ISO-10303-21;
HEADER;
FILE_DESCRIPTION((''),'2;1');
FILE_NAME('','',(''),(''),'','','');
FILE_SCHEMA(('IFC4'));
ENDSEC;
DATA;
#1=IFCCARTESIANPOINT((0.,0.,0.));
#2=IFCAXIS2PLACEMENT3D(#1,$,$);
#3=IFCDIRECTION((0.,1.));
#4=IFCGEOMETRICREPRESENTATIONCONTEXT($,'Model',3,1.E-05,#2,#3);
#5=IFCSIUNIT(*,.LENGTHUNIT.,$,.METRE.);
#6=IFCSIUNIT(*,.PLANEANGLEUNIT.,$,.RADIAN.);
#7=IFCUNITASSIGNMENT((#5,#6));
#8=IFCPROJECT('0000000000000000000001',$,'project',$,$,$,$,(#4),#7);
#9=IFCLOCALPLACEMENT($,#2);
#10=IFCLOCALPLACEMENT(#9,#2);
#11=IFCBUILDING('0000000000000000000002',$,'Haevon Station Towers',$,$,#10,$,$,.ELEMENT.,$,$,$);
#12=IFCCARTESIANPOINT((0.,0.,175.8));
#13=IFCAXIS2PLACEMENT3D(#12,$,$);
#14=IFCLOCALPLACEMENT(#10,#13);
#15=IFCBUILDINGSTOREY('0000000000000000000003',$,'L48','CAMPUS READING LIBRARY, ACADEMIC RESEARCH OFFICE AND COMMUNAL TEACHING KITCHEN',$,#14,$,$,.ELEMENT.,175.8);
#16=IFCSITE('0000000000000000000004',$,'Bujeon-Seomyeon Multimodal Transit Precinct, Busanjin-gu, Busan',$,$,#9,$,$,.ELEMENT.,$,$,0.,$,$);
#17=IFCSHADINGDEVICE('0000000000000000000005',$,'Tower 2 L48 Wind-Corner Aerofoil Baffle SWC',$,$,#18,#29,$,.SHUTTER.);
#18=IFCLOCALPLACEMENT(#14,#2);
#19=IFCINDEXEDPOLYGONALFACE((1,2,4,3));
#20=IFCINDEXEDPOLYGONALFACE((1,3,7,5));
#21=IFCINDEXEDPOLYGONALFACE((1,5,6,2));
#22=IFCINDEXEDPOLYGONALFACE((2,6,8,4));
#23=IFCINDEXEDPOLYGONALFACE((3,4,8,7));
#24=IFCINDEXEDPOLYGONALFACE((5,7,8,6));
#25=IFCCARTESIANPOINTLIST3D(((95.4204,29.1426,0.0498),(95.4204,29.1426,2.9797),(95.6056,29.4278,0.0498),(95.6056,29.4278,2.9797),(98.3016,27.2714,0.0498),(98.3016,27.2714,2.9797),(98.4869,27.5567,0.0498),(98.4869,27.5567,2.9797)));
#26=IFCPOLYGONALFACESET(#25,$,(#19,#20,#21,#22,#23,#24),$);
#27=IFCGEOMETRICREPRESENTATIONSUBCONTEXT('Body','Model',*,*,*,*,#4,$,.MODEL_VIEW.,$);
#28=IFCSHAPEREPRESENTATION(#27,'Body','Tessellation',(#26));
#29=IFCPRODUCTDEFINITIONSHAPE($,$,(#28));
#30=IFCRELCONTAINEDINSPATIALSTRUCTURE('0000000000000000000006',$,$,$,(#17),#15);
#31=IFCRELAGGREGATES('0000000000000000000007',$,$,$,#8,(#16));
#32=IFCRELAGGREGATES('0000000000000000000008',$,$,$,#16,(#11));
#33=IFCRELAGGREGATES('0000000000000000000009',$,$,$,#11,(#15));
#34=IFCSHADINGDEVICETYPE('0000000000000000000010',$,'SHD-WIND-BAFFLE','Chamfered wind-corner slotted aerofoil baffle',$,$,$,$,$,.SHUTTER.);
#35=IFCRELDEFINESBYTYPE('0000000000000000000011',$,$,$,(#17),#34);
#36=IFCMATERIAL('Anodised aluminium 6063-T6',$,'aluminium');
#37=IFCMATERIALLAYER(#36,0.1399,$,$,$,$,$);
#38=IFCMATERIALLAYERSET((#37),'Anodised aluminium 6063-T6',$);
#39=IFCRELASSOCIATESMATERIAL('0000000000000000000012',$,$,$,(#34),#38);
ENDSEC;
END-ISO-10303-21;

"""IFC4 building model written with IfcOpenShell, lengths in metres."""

from ifc_helpers import new_model, si_unit, direction, frame, origin, origin_2d, place, context, subcontext, project, spatial, rectangle, extrude, material, layer, layer_set, type_object, element, save


model = new_model("IFC4")

# Units and contexts
model_context = context("Model", 3, precision=1e-05, world=origin(), true_north=direction((0.0, 1.0)))
body_context = subcontext(model_context, "Body", "Model", "MODEL_VIEW")
ifc_project = project(units=[si_unit("LENGTHUNIT", "METRE"), si_unit("PLANEANGLEUNIT", "RADIAN")], contexts=[model_context])

# Site, building, storey
site_placement = place(None, origin())
site = spatial("IfcSite", under=ifc_project, at=site_placement, Name="Bujeon-Seomyeon Multimodal Transit Precinct, Busanjin-gu, Busan", CompositionType="ELEMENT", RefElevation=0.0)
building_placement = place(site_placement, origin())
building = spatial("IfcBuilding", under=site, at=building_placement, Name="Haevon Station Towers", CompositionType="ELEMENT")
storey_placement = place(building_placement, frame((0.0, 0.0, 175.8)))
storey = spatial("IfcBuildingStorey", under=building, at=storey_placement, Name="L48", Description="CAMPUS READING LIBRARY, ACADEMIC RESEARCH OFFICE AND COMMUNAL TEACHING KITCHEN", CompositionType="ELEMENT", Elevation=175.8)

# Shading device
ifc_material_1 = material(Name="Anodised aluminium 6063-T6", Category="aluminium")
ifc_layer_1 = layer(ifc_material_1, 0.1399)
ifc_layer_set_1 = layer_set([ifc_layer_1], Name="Anodised aluminium 6063-T6")
shading_device_type = type_object("IfcShadingDeviceType", Name="SHD-WIND-BAFFLE", Description="Chamfered wind-corner slotted aerofoil baffle", PredefinedType="SHUTTER", material=ifc_layer_set_1)
shading_device_placement = place(storey_placement, frame((96.9536, 28.3496, 0.0498), z_axis=(0.0, 0.0, 1.0), x_axis=(-0.838671, 0.544639, 0.0)))
element("IfcShadingDevice", 1, at=shading_device_placement, inside=storey, type_object=shading_device_type, Name="Tower 2 L48 Wind-Corner Aerofoil Baffle SWC", PredefinedType="SHUTTER", context=body_context, shape_type="SweptSolid", body=[
    extrude(rectangle(XDim=3.4355, YDim=0.3401, at=origin_2d()), origin(), (0.0, 0.0, 1.0), 2.9299),
])

save(model, "model.ifc")
